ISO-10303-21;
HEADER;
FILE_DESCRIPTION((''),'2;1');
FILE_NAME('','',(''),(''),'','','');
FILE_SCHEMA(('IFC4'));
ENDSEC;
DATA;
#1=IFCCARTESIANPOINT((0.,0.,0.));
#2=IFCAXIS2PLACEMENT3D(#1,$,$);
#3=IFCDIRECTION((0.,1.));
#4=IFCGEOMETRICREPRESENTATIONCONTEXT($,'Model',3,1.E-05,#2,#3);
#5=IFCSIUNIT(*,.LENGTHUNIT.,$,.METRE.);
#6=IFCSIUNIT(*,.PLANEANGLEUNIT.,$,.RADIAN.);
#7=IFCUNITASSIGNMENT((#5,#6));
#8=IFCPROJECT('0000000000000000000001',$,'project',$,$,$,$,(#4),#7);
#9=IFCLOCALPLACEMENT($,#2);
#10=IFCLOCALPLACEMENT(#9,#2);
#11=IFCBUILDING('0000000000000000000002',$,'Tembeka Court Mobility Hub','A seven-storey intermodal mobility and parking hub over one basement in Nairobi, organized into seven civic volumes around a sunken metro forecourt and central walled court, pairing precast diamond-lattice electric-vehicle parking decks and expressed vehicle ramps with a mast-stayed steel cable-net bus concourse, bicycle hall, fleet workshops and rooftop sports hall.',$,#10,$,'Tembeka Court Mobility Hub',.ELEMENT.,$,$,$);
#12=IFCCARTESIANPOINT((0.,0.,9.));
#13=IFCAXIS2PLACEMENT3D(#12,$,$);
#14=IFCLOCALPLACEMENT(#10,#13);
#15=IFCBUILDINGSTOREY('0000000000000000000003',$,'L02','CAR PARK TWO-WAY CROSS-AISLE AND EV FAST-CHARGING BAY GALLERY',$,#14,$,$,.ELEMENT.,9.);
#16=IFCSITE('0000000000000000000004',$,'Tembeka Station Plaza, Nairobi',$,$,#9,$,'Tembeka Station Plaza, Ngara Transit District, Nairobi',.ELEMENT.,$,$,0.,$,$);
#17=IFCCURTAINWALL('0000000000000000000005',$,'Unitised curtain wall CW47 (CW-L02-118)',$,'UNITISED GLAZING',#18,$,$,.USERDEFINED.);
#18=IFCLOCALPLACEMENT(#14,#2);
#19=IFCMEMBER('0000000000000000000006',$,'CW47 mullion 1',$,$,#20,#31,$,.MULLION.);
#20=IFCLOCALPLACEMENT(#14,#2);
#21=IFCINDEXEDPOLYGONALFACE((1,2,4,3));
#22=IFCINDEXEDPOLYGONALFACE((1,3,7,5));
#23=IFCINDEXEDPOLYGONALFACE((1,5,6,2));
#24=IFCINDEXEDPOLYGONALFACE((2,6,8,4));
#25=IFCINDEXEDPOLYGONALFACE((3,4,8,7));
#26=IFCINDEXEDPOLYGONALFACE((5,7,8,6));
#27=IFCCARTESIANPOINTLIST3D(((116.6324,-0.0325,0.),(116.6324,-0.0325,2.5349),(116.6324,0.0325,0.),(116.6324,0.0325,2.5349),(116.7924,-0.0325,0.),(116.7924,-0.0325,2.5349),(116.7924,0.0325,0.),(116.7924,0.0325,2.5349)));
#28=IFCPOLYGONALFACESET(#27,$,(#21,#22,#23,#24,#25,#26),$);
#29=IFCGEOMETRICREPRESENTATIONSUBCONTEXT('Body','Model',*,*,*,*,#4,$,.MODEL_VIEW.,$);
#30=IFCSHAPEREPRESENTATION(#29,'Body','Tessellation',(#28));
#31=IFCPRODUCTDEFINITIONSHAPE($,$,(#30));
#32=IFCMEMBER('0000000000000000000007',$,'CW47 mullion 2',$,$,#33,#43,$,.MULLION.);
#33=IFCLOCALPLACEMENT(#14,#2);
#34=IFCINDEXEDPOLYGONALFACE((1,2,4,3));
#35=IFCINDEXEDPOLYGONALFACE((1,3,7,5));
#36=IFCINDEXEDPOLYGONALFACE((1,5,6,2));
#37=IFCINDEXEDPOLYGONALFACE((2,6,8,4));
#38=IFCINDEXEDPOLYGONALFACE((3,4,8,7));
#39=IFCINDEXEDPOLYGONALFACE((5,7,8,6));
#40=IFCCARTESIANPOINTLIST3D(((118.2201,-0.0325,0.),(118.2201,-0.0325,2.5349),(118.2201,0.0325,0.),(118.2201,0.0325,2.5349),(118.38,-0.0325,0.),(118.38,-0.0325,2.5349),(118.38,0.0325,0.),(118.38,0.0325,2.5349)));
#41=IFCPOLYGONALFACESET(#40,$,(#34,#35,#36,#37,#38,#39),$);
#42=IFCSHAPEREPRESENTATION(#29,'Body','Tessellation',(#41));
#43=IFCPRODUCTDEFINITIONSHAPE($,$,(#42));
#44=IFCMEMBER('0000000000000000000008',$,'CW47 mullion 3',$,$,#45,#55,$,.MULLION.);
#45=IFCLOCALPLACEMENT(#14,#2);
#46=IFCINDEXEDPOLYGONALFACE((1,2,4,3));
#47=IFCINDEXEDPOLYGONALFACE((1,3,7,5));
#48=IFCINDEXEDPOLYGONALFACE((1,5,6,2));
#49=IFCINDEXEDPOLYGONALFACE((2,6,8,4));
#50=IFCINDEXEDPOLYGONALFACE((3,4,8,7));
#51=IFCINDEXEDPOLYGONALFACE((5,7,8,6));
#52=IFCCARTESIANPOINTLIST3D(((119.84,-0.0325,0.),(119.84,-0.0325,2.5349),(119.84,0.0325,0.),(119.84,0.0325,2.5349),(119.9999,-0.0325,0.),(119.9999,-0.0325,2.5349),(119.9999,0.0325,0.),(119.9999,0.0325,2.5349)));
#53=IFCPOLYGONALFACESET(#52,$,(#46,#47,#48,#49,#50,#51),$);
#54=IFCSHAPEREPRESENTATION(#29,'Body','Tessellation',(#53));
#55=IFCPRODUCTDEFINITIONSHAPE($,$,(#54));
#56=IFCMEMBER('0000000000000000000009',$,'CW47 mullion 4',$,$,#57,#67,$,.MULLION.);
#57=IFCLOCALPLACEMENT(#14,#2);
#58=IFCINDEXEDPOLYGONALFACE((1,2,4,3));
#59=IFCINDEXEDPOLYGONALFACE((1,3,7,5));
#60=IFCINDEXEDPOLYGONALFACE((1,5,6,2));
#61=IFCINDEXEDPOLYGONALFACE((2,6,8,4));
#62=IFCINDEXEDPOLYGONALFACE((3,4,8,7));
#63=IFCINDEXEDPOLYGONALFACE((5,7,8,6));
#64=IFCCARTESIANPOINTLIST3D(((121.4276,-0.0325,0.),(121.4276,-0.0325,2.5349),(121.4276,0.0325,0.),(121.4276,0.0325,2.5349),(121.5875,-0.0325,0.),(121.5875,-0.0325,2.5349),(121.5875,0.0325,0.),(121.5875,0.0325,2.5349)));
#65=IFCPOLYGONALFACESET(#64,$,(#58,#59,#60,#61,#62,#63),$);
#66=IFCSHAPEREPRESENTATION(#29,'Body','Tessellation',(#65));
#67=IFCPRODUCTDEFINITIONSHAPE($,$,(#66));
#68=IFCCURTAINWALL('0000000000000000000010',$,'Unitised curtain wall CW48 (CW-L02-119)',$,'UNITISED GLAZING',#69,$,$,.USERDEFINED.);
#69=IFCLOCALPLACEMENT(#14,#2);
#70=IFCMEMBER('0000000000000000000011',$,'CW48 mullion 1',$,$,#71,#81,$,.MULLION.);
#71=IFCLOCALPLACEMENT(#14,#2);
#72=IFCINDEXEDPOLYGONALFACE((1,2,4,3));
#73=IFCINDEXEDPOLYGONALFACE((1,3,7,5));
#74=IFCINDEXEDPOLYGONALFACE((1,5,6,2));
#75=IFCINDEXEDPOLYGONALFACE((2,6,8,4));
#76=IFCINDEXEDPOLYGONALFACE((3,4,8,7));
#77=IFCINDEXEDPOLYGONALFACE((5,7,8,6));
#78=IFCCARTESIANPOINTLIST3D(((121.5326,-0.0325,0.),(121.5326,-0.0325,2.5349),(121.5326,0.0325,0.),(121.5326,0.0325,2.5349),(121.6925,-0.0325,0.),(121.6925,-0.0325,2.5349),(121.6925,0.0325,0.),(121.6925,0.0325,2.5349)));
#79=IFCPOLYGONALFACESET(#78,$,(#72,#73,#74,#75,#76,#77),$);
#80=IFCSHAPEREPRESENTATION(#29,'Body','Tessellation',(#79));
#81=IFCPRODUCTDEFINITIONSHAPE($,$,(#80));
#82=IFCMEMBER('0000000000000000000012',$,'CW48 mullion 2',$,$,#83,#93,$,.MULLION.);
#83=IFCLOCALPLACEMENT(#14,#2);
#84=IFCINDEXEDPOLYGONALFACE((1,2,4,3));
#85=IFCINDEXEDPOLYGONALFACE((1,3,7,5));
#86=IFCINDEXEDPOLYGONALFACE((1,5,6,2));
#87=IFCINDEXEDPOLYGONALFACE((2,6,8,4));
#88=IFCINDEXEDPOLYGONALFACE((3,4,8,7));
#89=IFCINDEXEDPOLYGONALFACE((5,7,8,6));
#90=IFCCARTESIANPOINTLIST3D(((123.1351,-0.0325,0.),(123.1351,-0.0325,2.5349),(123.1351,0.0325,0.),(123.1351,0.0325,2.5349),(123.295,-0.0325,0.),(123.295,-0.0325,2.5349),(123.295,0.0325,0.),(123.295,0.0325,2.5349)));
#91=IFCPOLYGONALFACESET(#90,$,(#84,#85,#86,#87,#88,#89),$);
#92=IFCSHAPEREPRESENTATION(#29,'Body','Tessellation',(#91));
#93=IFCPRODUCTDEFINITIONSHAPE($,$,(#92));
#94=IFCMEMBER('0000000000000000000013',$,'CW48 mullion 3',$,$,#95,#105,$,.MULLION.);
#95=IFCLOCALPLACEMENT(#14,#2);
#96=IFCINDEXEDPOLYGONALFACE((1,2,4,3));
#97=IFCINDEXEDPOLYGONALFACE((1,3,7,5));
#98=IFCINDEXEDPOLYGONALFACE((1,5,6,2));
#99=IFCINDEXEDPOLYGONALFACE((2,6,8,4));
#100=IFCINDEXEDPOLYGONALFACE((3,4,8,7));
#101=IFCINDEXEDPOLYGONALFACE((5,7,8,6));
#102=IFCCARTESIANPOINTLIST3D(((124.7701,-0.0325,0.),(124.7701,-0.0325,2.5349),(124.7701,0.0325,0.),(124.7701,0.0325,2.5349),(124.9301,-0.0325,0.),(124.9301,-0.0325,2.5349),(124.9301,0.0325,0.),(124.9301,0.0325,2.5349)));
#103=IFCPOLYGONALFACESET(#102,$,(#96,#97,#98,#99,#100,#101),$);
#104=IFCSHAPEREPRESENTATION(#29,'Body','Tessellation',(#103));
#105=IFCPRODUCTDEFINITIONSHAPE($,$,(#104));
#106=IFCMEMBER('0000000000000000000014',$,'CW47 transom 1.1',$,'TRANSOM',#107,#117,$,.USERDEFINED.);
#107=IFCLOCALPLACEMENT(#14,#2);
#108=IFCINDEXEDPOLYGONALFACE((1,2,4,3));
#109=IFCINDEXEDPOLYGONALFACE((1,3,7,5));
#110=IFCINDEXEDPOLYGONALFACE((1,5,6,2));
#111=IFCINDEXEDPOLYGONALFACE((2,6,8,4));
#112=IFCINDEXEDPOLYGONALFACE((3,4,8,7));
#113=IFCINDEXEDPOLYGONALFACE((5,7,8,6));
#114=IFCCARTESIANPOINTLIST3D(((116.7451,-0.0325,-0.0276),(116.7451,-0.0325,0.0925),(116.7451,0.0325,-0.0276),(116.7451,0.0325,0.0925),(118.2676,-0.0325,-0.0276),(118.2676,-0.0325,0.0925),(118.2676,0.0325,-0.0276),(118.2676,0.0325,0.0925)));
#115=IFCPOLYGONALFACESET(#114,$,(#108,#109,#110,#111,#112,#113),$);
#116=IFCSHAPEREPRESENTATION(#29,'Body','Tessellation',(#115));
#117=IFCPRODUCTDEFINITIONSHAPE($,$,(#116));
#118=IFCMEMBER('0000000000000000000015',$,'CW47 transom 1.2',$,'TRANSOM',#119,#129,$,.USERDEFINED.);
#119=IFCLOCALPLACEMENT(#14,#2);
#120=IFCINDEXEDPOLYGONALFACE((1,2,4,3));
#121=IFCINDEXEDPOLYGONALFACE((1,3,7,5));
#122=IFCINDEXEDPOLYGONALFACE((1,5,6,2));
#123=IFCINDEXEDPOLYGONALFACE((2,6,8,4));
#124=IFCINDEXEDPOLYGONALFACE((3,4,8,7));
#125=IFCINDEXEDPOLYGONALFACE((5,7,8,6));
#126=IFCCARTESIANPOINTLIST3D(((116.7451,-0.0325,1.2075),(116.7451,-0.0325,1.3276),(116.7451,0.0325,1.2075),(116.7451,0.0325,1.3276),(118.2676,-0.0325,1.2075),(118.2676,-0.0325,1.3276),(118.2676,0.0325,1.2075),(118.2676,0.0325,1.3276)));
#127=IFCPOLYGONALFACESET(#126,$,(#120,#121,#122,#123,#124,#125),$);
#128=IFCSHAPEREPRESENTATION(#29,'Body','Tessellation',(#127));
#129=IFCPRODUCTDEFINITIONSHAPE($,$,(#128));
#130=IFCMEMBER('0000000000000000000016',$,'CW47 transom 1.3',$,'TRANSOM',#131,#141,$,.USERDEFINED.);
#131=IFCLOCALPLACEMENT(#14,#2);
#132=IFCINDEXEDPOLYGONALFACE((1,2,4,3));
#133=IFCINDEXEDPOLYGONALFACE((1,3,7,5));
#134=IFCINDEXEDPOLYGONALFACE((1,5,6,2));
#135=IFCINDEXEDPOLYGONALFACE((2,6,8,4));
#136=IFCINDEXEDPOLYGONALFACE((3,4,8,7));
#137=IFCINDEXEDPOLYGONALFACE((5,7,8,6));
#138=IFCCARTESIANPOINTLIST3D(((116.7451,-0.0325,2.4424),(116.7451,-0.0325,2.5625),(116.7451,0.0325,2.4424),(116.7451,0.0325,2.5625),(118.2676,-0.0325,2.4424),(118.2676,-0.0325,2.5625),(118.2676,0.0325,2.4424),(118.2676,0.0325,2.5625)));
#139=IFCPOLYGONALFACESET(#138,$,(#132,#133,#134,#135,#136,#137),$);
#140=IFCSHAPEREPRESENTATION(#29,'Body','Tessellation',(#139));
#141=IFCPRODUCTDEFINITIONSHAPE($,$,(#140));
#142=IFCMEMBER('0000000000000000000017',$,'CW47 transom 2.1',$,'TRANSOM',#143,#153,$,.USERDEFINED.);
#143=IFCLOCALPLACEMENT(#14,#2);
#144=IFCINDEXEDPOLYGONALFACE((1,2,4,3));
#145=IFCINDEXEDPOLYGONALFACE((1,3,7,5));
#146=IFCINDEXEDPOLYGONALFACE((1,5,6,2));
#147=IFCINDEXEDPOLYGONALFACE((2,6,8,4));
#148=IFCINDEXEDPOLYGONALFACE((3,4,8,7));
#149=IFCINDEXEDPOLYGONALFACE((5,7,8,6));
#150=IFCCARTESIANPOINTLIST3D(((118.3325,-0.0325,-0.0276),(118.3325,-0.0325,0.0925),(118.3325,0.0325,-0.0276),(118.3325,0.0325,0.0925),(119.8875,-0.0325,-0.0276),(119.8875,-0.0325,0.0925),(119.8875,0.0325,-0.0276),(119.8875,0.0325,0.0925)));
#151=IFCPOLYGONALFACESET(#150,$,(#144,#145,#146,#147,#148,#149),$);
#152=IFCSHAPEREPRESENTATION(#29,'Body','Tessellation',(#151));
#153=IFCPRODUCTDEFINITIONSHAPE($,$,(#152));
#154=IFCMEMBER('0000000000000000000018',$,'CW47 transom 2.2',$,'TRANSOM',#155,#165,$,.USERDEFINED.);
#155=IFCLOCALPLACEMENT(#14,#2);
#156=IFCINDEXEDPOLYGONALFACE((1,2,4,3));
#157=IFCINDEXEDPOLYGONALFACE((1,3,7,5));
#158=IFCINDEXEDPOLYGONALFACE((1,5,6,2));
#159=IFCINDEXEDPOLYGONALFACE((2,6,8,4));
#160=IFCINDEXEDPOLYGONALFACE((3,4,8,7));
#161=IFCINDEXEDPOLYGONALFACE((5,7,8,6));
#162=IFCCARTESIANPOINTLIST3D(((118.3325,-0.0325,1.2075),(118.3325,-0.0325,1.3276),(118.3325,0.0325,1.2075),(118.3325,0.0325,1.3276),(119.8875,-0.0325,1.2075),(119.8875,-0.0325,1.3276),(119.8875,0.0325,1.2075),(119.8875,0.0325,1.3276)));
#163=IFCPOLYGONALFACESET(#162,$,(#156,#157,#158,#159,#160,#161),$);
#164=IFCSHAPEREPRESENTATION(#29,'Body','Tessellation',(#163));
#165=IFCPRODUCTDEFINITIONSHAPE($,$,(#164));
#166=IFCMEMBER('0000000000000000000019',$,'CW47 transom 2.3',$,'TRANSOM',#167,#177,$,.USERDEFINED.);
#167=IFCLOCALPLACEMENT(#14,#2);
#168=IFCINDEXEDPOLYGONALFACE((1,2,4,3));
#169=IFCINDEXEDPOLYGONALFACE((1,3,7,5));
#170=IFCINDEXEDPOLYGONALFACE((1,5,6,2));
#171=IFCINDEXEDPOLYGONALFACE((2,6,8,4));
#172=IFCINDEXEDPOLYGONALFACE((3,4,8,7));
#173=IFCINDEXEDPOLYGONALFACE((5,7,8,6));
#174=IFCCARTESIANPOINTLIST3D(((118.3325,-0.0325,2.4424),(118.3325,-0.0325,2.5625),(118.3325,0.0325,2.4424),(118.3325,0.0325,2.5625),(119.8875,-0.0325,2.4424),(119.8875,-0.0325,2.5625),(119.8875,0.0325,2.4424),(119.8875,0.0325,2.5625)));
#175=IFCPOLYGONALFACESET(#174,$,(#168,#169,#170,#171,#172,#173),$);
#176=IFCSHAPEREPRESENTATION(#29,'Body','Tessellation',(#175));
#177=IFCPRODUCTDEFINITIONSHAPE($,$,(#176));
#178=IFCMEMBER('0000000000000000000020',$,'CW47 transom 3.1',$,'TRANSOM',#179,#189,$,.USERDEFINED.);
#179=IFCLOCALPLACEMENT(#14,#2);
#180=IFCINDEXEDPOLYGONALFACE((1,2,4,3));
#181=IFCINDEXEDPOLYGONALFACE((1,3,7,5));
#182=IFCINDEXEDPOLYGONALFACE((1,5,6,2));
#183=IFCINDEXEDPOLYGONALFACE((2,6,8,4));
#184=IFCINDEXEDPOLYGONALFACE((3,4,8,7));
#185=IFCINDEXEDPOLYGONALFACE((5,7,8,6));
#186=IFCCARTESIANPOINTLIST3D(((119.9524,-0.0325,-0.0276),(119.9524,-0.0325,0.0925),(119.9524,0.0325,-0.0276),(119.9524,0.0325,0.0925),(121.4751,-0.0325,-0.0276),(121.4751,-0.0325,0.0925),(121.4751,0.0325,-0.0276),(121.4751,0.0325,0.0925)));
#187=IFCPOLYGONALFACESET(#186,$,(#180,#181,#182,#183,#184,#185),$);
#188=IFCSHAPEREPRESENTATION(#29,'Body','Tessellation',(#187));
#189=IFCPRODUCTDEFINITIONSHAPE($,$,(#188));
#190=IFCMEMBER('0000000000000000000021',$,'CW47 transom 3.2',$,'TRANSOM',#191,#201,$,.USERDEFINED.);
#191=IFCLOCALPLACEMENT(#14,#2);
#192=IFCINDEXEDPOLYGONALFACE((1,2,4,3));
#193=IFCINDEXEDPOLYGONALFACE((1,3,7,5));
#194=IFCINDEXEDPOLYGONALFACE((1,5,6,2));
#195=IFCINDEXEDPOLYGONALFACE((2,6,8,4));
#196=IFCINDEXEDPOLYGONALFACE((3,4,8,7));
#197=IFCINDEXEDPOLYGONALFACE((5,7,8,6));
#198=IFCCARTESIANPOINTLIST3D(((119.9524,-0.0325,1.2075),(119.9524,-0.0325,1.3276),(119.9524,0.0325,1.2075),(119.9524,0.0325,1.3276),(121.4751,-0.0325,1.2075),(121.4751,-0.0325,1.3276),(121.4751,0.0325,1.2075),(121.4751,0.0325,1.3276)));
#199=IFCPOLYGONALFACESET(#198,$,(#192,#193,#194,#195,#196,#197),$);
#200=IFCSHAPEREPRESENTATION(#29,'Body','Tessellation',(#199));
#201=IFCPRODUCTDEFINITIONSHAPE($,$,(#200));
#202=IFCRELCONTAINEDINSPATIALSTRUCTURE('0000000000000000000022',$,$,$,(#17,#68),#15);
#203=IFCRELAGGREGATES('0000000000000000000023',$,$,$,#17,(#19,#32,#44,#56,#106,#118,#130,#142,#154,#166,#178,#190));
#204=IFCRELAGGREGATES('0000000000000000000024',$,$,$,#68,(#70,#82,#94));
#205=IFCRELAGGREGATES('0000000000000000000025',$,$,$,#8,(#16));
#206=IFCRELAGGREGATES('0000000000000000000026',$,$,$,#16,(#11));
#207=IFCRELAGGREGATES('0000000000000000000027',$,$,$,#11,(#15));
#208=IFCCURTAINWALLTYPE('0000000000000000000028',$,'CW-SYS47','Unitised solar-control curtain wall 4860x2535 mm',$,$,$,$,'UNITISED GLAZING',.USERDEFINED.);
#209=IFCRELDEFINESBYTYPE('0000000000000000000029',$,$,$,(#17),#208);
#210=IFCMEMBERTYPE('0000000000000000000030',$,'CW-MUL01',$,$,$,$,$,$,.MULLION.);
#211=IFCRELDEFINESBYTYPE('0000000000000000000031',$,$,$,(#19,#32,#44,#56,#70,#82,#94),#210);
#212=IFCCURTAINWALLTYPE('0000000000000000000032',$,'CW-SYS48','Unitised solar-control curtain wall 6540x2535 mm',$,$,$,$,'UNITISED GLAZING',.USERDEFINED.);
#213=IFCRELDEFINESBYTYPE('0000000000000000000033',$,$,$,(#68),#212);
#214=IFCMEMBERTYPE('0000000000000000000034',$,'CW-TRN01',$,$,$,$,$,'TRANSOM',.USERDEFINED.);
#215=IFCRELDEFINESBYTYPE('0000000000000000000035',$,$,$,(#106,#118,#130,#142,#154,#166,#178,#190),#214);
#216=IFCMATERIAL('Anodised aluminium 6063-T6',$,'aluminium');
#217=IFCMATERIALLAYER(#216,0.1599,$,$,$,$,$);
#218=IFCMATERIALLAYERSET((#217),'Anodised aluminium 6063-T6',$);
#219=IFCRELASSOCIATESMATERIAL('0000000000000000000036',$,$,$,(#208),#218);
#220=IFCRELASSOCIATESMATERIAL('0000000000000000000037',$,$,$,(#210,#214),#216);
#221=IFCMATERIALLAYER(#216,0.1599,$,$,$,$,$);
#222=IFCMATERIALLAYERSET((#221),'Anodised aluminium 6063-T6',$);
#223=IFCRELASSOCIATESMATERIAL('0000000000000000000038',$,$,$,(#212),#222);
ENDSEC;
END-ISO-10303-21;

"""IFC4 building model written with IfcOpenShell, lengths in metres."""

from ifc_helpers import new_model, si_unit, direction, frame, origin, origin_2d, place, context, subcontext, project, spatial, rectangle, extrude, material, layer, layer_set, material_profile, profile_set, type_object, element, aggregate, save


model = new_model("IFC4")

# Units and contexts
model_context = context("Model", 3, precision=1e-05, world=origin(), true_north=direction((0.0, 1.0)))
body_context = subcontext(model_context, "Body", "Model", "MODEL_VIEW")
ifc_project = project(units=[si_unit("LENGTHUNIT", "METRE"), si_unit("PLANEANGLEUNIT", "RADIAN")], contexts=[model_context])

# Site, building, storey
site_placement = place(None, origin())
site = spatial("IfcSite", under=ifc_project, at=site_placement, Name="Tembeka Station Plaza, Nairobi", LongName="Tembeka Station Plaza, Ngara Transit District, Nairobi", CompositionType="ELEMENT", RefElevation=0.0)
building_placement = place(site_placement, origin())
building = spatial("IfcBuilding", under=site, at=building_placement, Name="Tembeka Court Mobility Hub", Description="A seven-storey intermodal mobility and parking hub over one basement in Nairobi, organized into seven civic volumes around a sunken metro forecourt and central walled court, pairing precast diamond-lattice electric-vehicle parking decks and expressed vehicle ramps with a mast-stayed steel cable-net bus concourse, bicycle hall, fleet workshops and rooftop sports hall.", LongName="Tembeka Court Mobility Hub", CompositionType="ELEMENT")
storey_placement = place(building_placement, frame((0.0, 0.0, 9.0)))
storey = spatial("IfcBuildingStorey", under=building, at=storey_placement, Name="L02", Description="CAR PARK TWO-WAY CROSS-AISLE AND EV FAST-CHARGING BAY GALLERY", CompositionType="ELEMENT", Elevation=9.0)

# Curtain walls, members
ifc_material_1 = material(Name="Anodised aluminium 6063-T6", Category="aluminium")
ifc_layer_1 = layer(ifc_material_1, 0.1599)
ifc_layer_set_1 = layer_set([ifc_layer_1], Name="Anodised aluminium 6063-T6")
curtain_wall_type_1 = type_object("IfcCurtainWallType", Name="CW-SYS47", Description="Unitised solar-control curtain wall 4860x2535 mm", ElementType="UNITISED GLAZING", PredefinedType="USERDEFINED", material=ifc_layer_set_1)
curtain_wall_1_placement = place(storey_placement, origin())
curtain_wall_1 = element("IfcCurtainWall", 1, at=curtain_wall_1_placement, inside=storey, type_object=curtain_wall_type_1, Name="Unitised curtain wall CW47 (CW-L02-118)", ObjectType="UNITISED GLAZING", PredefinedType="USERDEFINED")
ifc_material_profile_1 = material_profile(ifc_material_1, rectangle(XDim=0.0649, YDim=0.1599, at=origin_2d()), Name="ALU-MUL 65x160")
ifc_profile_set_1 = profile_set([ifc_material_profile_1], Name="Anodised aluminium 6063-T6")
member_type_1 = type_object("IfcMemberType", Name="CW-MUL01", PredefinedType="MULLION", material=ifc_profile_set_1)
member_1_placement = place(storey_placement, frame((116.7124, 0.0, 0.0), z_axis=(0.0, 0.0, 1.0), x_axis=(0.0, 1.0, 0.0)))
member_1 = element("IfcMember", 2, at=member_1_placement, type_object=member_type_1, Name="CW47 mullion 1", PredefinedType="MULLION", context=body_context, shape_type="SweptSolid", body=[
    extrude(rectangle(XDim=0.0649, YDim=0.1599, at=origin_2d()), origin(), (0.0, 0.0, 1.0), 2.5349),
])
member_2_placement = place(storey_placement, frame((118.3, 0.0, 0.0), z_axis=(0.0, 0.0, 1.0), x_axis=(0.0, 1.0, 0.0)))
member_2 = element("IfcMember", 3, at=member_2_placement, type_object=member_type_1, Name="CW47 mullion 2", PredefinedType="MULLION", context=body_context, shape_type="SweptSolid", body=[
    extrude(rectangle(XDim=0.0649, YDim=0.1599, at=origin_2d()), origin(), (0.0, 0.0, 1.0), 2.5349),
])
member_3_placement = place(storey_placement, frame((119.9199, 0.0, 0.0), z_axis=(0.0, 0.0, 1.0), x_axis=(0.0, 1.0, 0.0)))
member_3 = element("IfcMember", 4, at=member_3_placement, type_object=member_type_1, Name="CW47 mullion 3", PredefinedType="MULLION", context=body_context, shape_type="SweptSolid", body=[
    extrude(rectangle(XDim=0.0649, YDim=0.1599, at=origin_2d()), origin(), (0.0, 0.0, 1.0), 2.5349),
])
member_4_placement = place(storey_placement, frame((121.5076, 0.0, 0.0), z_axis=(0.0, 0.0, 1.0), x_axis=(0.0, 1.0, 0.0)))
member_4 = element("IfcMember", 5, at=member_4_placement, type_object=member_type_1, Name="CW47 mullion 4", PredefinedType="MULLION", context=body_context, shape_type="SweptSolid", body=[
    extrude(rectangle(XDim=0.0649, YDim=0.1599, at=origin_2d()), origin(), (0.0, 0.0, 1.0), 2.5349),
])
ifc_layer_2 = layer(ifc_material_1, 0.1599)
ifc_layer_set_2 = layer_set([ifc_layer_2], Name="Anodised aluminium 6063-T6")
curtain_wall_type_2 = type_object("IfcCurtainWallType", Name="CW-SYS48", Description="Unitised solar-control curtain wall 6540x2535 mm", ElementType="UNITISED GLAZING", PredefinedType="USERDEFINED", material=ifc_layer_set_2)
curtain_wall_2_placement = place(storey_placement, origin())
curtain_wall_2 = element("IfcCurtainWall", 6, at=curtain_wall_2_placement, inside=storey, type_object=curtain_wall_type_2, Name="Unitised curtain wall CW48 (CW-L02-119)", ObjectType="UNITISED GLAZING", PredefinedType="USERDEFINED")
member_5_placement = place(storey_placement, frame((121.6125, 0.0, 0.0), z_axis=(0.0, 0.0, 1.0), x_axis=(0.0, 1.0, 0.0)))
member_5 = element("IfcMember", 7, at=member_5_placement, type_object=member_type_1, Name="CW48 mullion 1", PredefinedType="MULLION", context=body_context, shape_type="SweptSolid", body=[
    extrude(rectangle(XDim=0.0649, YDim=0.1599, at=origin_2d()), origin(), (0.0, 0.0, 1.0), 2.5349),
])
member_6_placement = place(storey_placement, frame((123.2151, 0.0, 0.0), z_axis=(0.0, 0.0, 1.0), x_axis=(0.0, 1.0, 0.0)))
member_6 = element("IfcMember", 8, at=member_6_placement, type_object=member_type_1, Name="CW48 mullion 2", PredefinedType="MULLION", context=body_context, shape_type="SweptSolid", body=[
    extrude(rectangle(XDim=0.0649, YDim=0.1599, at=origin_2d()), origin(), (0.0, 0.0, 1.0), 2.5349),
])
member_7_placement = place(storey_placement, frame((124.8501, 0.0, 0.0), z_axis=(0.0, 0.0, 1.0), x_axis=(0.0, 1.0, 0.0)))
member_7 = element("IfcMember", 9, at=member_7_placement, type_object=member_type_1, Name="CW48 mullion 3", PredefinedType="MULLION", context=body_context, shape_type="SweptSolid", body=[
    extrude(rectangle(XDim=0.0649, YDim=0.1599, at=origin_2d()), origin(), (0.0, 0.0, 1.0), 2.5349),
])

# Members
ifc_material_profile_2 = material_profile(ifc_material_1, rectangle(XDim=0.0649, YDim=0.1201, at=origin_2d()), Name="ALU-TRN 65x120")
ifc_profile_set_2 = profile_set([ifc_material_profile_2], Name="Anodised aluminium 6063-T6")
member_type_2 = type_object("IfcMemberType", Name="CW-TRN01", ElementType="TRANSOM", PredefinedType="USERDEFINED", material=ifc_profile_set_2)
member_8_placement = place(storey_placement, frame((116.7451, 0.0, 0.0325), z_axis=(1.0, 0.0, 0.0), x_axis=(0.0, 1.0, 0.0)))
member_8 = element("IfcMember", 10, at=member_8_placement, type_object=member_type_2, Name="CW47 transom 1.1", ObjectType="TRANSOM", PredefinedType="USERDEFINED", context=body_context, shape_type="SweptSolid", body=[
    extrude(rectangle(XDim=0.0649, YDim=0.1201, at=origin_2d()), origin(), (0.0, 0.0, 1.0), 1.5225),
])
member_9_placement = place(storey_placement, frame((116.7451, 0.0, 1.2676), z_axis=(1.0, 0.0, 0.0), x_axis=(0.0, 1.0, 0.0)))
member_9 = element("IfcMember", 11, at=member_9_placement, type_object=member_type_2, Name="CW47 transom 1.2", ObjectType="TRANSOM", PredefinedType="USERDEFINED", context=body_context, shape_type="SweptSolid", body=[
    extrude(rectangle(XDim=0.0649, YDim=0.1201, at=origin_2d()), origin(), (0.0, 0.0, 1.0), 1.5225),
])
member_10_placement = place(storey_placement, frame((116.7451, 0.0, 2.5024), z_axis=(1.0, 0.0, 0.0), x_axis=(0.0, 1.0, 0.0)))
member_10 = element("IfcMember", 12, at=member_10_placement, type_object=member_type_2, Name="CW47 transom 1.3", ObjectType="TRANSOM", PredefinedType="USERDEFINED", context=body_context, shape_type="SweptSolid", body=[
    extrude(rectangle(XDim=0.0649, YDim=0.1201, at=origin_2d()), origin(), (0.0, 0.0, 1.0), 1.5225),
])
member_11_placement = place(storey_placement, frame((118.3325, 0.0, 0.0325), z_axis=(1.0, 0.0, 0.0), x_axis=(0.0, 1.0, 0.0)))
member_11 = element("IfcMember", 13, at=member_11_placement, type_object=member_type_2, Name="CW47 transom 2.1", ObjectType="TRANSOM", PredefinedType="USERDEFINED", context=body_context, shape_type="SweptSolid", body=[
    extrude(rectangle(XDim=0.0649, YDim=0.1201, at=origin_2d()), origin(), (0.0, 0.0, 1.0), 1.5549),
])
member_12_placement = place(storey_placement, frame((118.3325, 0.0, 1.2676), z_axis=(1.0, 0.0, 0.0), x_axis=(0.0, 1.0, 0.0)))
member_12 = element("IfcMember", 14, at=member_12_placement, type_object=member_type_2, Name="CW47 transom 2.2", ObjectType="TRANSOM", PredefinedType="USERDEFINED", context=body_context, shape_type="SweptSolid", body=[
    extrude(rectangle(XDim=0.0649, YDim=0.1201, at=origin_2d()), origin(), (0.0, 0.0, 1.0), 1.5549),
])
member_13_placement = place(storey_placement, frame((118.3325, 0.0, 2.5024), z_axis=(1.0, 0.0, 0.0), x_axis=(0.0, 1.0, 0.0)))
member_13 = element("IfcMember", 15, at=member_13_placement, type_object=member_type_2, Name="CW47 transom 2.3", ObjectType="TRANSOM", PredefinedType="USERDEFINED", context=body_context, shape_type="SweptSolid", body=[
    extrude(rectangle(XDim=0.0649, YDim=0.1201, at=origin_2d()), origin(), (0.0, 0.0, 1.0), 1.5549),
])
member_14_placement = place(storey_placement, frame((119.9524, 0.0, 0.0325), z_axis=(1.0, 0.0, 0.0), x_axis=(0.0, 1.0, 0.0)))
member_14 = element("IfcMember", 16, at=member_14_placement, type_object=member_type_2, Name="CW47 transom 3.1", ObjectType="TRANSOM", PredefinedType="USERDEFINED", context=body_context, shape_type="SweptSolid", body=[
    extrude(rectangle(XDim=0.0649, YDim=0.1201, at=origin_2d()), origin(), (0.0, 0.0, 1.0), 1.5227),
])
member_15_placement = place(storey_placement, frame((119.9524, 0.0, 1.2676), z_axis=(1.0, 0.0, 0.0), x_axis=(0.0, 1.0, 0.0)))
member_15 = element("IfcMember", 17, at=member_15_placement, type_object=member_type_2, Name="CW47 transom 3.2", ObjectType="TRANSOM", PredefinedType="USERDEFINED", context=body_context, shape_type="SweptSolid", body=[
    extrude(rectangle(XDim=0.0649, YDim=0.1201, at=origin_2d()), origin(), (0.0, 0.0, 1.0), 1.5227),
])

aggregate(curtain_wall_1, [member_1, member_2, member_3, member_4, member_8, member_9, member_10, member_11, member_12, member_13, member_14, member_15])
aggregate(curtain_wall_2, [member_5, member_6, member_7])

save(model, "model.ifc")
